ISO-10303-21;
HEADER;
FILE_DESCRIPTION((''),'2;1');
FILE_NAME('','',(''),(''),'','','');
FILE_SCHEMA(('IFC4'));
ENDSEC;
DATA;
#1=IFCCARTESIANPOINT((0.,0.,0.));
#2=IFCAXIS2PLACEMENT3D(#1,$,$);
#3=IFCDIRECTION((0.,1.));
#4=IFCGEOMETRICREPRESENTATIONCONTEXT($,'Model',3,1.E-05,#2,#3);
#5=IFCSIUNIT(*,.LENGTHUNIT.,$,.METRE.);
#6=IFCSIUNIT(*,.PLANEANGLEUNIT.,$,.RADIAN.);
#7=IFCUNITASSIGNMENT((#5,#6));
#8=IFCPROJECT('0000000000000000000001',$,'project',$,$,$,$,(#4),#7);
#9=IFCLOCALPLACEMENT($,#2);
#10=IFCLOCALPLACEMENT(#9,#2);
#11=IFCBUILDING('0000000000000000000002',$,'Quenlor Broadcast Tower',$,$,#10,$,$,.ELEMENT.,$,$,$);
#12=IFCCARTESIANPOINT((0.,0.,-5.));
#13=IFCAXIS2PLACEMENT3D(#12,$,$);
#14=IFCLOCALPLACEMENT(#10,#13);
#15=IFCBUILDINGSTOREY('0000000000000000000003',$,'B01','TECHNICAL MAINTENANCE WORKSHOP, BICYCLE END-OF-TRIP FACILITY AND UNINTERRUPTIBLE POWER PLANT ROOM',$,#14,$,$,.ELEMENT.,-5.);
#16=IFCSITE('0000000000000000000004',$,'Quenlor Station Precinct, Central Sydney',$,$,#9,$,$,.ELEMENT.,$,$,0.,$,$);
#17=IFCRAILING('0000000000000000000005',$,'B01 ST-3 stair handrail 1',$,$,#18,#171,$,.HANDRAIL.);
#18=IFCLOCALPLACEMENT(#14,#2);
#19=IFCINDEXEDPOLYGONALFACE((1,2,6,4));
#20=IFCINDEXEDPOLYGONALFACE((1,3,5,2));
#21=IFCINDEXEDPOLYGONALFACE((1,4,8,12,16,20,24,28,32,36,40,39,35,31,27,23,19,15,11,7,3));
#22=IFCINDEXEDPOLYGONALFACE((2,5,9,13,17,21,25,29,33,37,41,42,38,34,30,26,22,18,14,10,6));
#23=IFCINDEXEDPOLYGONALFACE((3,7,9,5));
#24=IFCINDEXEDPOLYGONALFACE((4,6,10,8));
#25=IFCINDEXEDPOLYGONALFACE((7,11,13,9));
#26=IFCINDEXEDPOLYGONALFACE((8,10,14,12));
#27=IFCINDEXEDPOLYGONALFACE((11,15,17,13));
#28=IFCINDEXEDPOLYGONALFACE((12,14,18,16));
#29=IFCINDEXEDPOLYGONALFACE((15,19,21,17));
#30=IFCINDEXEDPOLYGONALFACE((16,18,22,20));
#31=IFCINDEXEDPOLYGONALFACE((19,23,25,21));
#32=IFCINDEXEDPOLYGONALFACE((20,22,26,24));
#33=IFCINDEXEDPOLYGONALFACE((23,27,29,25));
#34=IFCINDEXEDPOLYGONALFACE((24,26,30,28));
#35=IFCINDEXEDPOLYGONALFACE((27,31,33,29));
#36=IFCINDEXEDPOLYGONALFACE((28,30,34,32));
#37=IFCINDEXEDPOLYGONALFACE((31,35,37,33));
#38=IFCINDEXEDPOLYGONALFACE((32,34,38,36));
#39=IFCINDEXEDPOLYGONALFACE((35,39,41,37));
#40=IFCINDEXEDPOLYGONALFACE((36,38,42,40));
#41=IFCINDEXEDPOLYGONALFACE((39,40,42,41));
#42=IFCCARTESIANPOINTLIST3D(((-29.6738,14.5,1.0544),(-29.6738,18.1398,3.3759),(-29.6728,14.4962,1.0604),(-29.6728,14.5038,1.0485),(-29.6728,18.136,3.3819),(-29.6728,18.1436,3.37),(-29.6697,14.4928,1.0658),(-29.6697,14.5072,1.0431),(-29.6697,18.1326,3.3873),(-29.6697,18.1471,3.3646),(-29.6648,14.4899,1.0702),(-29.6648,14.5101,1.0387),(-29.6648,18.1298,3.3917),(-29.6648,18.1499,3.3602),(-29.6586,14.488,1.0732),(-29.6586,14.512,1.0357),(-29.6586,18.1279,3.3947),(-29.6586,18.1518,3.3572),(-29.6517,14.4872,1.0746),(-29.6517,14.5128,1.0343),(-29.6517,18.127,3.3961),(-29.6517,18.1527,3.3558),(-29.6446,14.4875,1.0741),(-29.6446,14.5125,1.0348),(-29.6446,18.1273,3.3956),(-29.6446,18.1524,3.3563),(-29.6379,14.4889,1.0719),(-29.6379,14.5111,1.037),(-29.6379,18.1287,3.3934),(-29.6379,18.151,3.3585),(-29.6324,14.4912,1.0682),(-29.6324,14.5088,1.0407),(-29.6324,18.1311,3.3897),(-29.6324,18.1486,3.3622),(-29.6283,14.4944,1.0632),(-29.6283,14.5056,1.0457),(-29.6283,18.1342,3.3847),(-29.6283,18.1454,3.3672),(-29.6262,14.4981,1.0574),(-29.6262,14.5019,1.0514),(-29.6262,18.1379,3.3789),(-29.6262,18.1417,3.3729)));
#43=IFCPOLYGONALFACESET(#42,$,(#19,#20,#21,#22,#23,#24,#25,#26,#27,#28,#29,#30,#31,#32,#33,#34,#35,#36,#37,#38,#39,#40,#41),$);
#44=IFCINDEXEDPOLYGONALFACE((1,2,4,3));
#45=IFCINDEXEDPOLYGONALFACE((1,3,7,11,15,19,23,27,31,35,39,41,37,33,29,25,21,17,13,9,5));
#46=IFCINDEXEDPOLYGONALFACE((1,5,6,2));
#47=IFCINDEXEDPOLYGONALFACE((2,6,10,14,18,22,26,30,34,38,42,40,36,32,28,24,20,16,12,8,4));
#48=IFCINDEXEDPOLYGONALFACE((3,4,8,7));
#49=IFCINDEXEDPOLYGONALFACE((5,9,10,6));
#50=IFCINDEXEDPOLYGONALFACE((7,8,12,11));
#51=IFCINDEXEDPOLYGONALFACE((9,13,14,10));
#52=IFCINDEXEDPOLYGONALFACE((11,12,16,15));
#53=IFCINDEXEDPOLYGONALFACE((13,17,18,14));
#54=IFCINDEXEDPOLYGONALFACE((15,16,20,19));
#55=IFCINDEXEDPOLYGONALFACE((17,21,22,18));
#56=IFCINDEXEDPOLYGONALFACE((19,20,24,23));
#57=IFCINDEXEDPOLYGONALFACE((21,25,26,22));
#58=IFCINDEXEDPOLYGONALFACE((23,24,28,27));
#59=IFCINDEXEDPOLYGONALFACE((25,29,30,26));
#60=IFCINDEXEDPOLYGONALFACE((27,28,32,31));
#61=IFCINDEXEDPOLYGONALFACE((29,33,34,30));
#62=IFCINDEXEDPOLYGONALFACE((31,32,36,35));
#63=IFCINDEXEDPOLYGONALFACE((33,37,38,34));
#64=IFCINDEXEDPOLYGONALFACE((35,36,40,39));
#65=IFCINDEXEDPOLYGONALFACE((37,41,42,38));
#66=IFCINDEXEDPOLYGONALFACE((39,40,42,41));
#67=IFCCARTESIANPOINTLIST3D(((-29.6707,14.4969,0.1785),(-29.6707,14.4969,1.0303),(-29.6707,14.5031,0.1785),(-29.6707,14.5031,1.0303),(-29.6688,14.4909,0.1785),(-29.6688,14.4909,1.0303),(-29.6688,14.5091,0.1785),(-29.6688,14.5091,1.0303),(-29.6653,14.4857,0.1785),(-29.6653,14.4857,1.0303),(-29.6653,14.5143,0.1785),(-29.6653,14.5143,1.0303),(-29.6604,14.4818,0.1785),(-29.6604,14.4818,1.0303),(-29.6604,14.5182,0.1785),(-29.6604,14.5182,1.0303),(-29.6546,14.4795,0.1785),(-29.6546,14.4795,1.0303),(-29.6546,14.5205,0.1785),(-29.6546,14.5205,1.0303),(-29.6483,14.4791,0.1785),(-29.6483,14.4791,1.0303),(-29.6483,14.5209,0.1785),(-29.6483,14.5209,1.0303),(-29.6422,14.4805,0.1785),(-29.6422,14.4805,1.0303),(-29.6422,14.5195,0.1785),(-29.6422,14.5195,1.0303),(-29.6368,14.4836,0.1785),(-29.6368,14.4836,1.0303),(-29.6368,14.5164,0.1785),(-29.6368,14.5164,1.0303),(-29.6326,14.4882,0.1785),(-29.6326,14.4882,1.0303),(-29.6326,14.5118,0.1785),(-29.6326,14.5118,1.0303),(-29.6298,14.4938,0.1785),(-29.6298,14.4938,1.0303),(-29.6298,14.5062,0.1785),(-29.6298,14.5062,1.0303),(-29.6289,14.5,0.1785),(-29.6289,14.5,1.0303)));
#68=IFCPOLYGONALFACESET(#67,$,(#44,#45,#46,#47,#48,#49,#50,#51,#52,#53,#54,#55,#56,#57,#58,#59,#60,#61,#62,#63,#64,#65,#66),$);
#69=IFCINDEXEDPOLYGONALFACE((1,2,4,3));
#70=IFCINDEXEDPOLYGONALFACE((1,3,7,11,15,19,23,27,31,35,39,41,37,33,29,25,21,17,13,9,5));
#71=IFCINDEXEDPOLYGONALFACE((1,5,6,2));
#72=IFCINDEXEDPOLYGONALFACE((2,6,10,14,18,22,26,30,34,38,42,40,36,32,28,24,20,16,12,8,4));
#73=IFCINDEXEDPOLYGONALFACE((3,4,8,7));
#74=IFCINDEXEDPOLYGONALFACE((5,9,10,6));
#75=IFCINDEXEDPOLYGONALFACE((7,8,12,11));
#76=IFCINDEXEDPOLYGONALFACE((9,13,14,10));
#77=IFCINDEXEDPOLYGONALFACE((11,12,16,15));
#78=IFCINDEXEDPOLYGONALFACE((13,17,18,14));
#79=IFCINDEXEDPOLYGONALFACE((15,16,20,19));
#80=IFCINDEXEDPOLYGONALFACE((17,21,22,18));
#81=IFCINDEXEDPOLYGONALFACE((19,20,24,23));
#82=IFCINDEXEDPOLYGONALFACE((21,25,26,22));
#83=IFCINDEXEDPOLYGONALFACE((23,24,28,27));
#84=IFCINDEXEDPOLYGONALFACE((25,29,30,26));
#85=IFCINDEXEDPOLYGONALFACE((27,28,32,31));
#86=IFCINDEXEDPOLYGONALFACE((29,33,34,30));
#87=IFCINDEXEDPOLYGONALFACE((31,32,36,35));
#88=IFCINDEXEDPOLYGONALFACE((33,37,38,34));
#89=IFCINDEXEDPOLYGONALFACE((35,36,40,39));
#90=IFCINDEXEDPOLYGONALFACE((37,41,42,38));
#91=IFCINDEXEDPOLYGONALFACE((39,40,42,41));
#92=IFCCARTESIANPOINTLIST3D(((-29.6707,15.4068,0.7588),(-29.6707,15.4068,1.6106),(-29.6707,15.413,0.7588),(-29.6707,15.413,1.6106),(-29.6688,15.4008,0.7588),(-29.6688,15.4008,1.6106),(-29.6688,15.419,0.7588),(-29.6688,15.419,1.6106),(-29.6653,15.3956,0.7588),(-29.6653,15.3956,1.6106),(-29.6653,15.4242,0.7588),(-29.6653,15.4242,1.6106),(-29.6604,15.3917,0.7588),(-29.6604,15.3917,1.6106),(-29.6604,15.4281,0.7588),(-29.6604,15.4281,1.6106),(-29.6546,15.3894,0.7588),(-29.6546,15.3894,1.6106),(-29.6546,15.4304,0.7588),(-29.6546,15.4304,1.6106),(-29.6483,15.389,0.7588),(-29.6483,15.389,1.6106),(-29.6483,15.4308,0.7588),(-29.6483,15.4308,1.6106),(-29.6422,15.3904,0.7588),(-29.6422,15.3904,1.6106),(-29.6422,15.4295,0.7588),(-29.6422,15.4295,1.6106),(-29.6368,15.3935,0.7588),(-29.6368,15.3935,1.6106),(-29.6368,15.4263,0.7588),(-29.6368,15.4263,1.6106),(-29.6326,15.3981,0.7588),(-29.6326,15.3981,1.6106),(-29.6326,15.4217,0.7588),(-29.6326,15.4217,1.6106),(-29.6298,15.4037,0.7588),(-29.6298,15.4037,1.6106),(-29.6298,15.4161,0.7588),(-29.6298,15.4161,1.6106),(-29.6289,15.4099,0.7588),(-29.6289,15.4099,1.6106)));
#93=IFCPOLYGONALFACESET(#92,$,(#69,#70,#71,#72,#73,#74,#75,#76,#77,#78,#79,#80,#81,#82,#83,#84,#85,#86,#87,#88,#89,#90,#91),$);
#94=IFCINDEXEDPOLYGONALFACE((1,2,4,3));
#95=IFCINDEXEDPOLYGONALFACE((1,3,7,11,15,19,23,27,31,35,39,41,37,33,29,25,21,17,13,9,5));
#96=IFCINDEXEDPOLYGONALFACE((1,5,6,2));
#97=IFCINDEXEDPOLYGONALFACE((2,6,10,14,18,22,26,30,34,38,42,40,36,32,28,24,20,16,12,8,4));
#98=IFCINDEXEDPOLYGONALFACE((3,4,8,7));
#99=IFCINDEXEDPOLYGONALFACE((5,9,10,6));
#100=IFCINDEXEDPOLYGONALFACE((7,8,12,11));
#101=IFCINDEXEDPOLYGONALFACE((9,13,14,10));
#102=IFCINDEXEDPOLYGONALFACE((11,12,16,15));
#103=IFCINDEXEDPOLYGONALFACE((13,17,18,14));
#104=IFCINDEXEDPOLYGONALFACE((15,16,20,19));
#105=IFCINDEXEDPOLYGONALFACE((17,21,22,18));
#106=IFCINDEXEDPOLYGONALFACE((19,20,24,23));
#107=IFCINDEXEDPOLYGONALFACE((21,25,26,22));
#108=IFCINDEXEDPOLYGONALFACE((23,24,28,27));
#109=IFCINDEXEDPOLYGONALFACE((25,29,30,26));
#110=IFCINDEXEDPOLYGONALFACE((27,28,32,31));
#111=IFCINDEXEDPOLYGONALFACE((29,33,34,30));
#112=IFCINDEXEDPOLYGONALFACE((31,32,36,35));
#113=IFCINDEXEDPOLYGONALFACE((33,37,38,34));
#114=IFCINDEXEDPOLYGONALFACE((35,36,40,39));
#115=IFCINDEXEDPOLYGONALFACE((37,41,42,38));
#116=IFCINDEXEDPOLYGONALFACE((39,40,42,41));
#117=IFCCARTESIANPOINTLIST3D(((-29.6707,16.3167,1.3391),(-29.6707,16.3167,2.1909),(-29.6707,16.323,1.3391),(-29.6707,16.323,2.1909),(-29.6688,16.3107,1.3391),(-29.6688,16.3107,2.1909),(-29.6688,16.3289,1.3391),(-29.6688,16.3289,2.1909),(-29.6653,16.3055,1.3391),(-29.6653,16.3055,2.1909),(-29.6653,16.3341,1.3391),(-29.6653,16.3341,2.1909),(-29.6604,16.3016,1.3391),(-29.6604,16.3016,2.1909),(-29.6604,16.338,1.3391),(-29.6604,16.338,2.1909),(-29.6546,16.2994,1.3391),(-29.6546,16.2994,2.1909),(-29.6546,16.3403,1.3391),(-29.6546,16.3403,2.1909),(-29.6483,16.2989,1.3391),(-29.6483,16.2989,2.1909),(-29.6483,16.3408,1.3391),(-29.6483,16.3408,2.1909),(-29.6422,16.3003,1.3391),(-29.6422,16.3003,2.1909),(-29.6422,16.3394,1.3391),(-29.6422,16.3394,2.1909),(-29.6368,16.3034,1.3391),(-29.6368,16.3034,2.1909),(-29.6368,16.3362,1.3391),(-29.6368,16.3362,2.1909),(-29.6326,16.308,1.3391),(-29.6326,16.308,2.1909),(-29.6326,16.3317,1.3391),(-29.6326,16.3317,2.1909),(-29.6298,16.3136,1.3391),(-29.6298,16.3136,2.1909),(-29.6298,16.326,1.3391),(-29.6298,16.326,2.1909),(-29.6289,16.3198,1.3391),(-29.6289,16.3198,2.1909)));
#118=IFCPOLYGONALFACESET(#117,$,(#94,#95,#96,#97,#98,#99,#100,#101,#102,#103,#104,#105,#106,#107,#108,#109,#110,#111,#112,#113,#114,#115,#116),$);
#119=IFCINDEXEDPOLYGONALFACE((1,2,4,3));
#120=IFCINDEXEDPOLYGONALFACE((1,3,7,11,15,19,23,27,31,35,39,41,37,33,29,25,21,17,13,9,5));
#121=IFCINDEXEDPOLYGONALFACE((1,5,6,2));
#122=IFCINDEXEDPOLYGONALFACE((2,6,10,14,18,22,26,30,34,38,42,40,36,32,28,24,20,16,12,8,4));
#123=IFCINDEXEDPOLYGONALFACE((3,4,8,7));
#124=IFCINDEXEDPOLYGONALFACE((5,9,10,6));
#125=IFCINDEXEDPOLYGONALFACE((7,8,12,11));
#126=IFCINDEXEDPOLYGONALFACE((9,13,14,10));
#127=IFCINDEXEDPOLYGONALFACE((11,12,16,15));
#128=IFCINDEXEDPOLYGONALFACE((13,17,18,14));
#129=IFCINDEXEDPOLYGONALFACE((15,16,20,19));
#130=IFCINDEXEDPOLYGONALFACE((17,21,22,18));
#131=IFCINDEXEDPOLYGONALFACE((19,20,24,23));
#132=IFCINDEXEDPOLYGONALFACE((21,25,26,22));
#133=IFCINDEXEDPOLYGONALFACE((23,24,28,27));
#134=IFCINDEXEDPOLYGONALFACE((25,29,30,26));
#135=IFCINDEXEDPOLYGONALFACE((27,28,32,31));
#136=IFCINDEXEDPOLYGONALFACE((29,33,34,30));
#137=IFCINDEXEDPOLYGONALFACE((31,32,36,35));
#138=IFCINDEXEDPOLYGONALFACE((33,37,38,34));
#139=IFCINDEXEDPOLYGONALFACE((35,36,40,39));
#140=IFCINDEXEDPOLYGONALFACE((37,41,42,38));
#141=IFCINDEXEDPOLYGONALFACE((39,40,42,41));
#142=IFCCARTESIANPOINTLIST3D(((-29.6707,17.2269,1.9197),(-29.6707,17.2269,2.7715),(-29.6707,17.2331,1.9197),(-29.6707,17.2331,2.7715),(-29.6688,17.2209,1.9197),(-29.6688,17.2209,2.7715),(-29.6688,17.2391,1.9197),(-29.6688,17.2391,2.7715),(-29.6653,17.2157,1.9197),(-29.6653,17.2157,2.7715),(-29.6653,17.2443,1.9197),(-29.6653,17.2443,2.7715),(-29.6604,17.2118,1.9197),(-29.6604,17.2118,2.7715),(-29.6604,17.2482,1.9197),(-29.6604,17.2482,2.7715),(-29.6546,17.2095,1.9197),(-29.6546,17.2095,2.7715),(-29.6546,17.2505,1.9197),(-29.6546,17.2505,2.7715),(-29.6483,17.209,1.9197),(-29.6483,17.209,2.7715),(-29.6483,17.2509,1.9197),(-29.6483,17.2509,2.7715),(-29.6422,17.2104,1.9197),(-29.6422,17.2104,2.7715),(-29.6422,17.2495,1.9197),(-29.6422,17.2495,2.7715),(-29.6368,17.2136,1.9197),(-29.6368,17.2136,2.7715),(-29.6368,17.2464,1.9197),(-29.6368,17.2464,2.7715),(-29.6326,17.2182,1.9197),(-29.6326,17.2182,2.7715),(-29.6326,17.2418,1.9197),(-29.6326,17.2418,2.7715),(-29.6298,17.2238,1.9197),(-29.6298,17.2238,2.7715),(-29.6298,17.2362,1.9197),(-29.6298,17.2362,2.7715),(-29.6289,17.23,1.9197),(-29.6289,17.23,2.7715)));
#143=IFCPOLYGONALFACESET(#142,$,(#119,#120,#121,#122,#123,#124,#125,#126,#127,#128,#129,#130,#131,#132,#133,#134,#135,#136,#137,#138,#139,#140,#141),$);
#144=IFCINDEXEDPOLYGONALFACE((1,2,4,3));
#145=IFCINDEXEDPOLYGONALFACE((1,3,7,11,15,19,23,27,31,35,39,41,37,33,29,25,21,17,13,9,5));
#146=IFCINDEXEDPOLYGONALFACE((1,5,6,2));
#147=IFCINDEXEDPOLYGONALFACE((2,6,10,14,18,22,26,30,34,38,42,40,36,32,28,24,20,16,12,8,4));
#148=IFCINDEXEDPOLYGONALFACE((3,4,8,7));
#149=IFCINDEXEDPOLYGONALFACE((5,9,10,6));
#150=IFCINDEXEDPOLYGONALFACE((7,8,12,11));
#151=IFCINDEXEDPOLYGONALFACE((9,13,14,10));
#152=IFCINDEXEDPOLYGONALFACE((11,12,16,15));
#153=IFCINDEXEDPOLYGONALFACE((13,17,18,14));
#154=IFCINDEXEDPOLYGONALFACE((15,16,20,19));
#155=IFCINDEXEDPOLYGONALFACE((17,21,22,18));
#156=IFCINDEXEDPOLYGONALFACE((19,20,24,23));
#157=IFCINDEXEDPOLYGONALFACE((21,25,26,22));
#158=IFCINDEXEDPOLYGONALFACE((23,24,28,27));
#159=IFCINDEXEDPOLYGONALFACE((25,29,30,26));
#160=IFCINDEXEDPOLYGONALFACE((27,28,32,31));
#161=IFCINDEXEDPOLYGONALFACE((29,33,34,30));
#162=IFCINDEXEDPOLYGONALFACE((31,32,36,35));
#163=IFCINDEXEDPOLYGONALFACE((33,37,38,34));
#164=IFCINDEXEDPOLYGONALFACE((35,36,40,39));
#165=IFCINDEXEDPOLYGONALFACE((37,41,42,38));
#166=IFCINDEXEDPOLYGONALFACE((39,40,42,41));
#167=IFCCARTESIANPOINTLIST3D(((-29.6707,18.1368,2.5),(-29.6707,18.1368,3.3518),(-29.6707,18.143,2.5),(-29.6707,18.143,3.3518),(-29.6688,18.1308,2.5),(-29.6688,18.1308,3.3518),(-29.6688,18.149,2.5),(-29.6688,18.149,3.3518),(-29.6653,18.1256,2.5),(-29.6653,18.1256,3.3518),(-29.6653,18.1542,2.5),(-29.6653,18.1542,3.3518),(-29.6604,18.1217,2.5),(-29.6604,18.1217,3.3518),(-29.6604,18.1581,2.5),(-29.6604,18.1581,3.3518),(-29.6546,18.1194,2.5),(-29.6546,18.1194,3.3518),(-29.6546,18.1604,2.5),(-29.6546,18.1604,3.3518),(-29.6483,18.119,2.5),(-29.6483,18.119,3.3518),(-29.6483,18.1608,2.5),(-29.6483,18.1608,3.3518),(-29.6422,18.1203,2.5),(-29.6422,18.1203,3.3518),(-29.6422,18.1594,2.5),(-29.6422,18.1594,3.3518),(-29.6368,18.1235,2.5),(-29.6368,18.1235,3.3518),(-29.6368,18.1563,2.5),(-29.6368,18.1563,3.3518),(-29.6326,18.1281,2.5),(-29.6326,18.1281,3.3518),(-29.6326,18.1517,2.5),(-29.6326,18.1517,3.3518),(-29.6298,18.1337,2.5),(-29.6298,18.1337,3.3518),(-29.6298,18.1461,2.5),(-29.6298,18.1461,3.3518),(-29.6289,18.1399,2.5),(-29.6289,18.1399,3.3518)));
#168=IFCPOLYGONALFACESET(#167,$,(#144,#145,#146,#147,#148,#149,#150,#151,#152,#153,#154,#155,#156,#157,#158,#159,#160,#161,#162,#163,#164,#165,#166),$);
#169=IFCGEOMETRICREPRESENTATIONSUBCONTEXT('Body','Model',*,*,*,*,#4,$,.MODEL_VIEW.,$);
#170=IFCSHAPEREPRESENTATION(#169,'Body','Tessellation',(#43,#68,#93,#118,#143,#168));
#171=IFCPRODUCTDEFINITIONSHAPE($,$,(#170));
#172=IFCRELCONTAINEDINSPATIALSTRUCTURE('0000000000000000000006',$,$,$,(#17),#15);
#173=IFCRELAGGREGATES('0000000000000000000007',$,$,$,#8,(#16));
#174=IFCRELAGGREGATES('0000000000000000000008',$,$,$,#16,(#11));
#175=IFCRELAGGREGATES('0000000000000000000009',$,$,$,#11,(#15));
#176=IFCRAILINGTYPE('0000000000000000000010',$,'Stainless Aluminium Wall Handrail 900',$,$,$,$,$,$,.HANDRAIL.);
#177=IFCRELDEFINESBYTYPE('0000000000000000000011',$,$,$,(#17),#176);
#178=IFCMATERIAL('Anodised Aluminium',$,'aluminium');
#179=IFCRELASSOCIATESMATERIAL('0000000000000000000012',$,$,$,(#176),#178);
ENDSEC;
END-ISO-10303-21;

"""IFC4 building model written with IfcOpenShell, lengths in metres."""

from ifc_helpers import new_model, si_unit, direction, frame, origin, origin_2d, place, context, subcontext, project, spatial, circle, extrude, material, type_object, element, save


model = new_model("IFC4")

# Units and contexts
model_context = context("Model", 3, precision=1e-05, world=origin(), true_north=direction((0.0, 1.0)))
body_context = subcontext(model_context, "Body", "Model", "MODEL_VIEW")
ifc_project = project(units=[si_unit("LENGTHUNIT", "METRE"), si_unit("PLANEANGLEUNIT", "RADIAN")], contexts=[model_context])

# Site, building, storey
site_placement = place(None, origin())
site = spatial("IfcSite", under=ifc_project, at=site_placement, Name="Quenlor Station Precinct, Central Sydney", CompositionType="ELEMENT", RefElevation=0.0)
building_placement = place(site_placement, origin())
building = spatial("IfcBuilding", under=site, at=building_placement, Name="Quenlor Broadcast Tower", CompositionType="ELEMENT")
storey_placement = place(building_placement, frame((0.0, 0.0, -5.0)))
storey = spatial("IfcBuildingStorey", under=building, at=storey_placement, Name="B01", Description="TECHNICAL MAINTENANCE WORKSHOP, BICYCLE END-OF-TRIP FACILITY AND UNINTERRUPTIBLE POWER PLANT ROOM", CompositionType="ELEMENT", Elevation=-5.0)

# Railing
ifc_material_1 = material(Name="Anodised Aluminium", Category="aluminium")
railing_type_1 = type_object("IfcRailingType", Name="Stainless Aluminium Wall Handrail 900", PredefinedType="HANDRAIL", material=ifc_material_1)
railing_1_placement = place(storey_placement, frame((-29.6499, 14.5, 0.1785)))
element("IfcRailing", 1, at=railing_1_placement, inside=storey, type_object=railing_type_1, Name="B01 ST-3 stair handrail 1", PredefinedType="HANDRAIL", context=body_context, shape_type="SweptSolid", body=[
    extrude(circle(Radius=0.0239, at=origin_2d()), frame((0.0, 0.0, 0.876), z_axis=(0.0, 0.843112, 0.537739), x_axis=(-1.0, 0.0, 0.0)), (0.0, 0.0, 1.0), 4.3171),
    extrude(circle(Radius=0.021, at=origin_2d()), origin(), (0.0, 0.0, 1.0), 0.8518),
    extrude(circle(Radius=0.021, at=origin_2d()), frame((0.0, 0.9099, 0.5803)), (0.0, 0.0, 1.0), 0.8518),
    extrude(circle(Radius=0.021, at=origin_2d()), frame((0.0, 1.8198, 1.1606)), (0.0, 0.0, 1.0), 0.8518),
    extrude(circle(Radius=0.021, at=origin_2d()), frame((0.0, 2.73, 1.7412)), (0.0, 0.0, 1.0), 0.8518),
    extrude(circle(Radius=0.021, at=origin_2d()), frame((0.0, 3.6399, 2.3215)), (0.0, 0.0, 1.0), 0.8518),
])

save(model, "model.ifc")
